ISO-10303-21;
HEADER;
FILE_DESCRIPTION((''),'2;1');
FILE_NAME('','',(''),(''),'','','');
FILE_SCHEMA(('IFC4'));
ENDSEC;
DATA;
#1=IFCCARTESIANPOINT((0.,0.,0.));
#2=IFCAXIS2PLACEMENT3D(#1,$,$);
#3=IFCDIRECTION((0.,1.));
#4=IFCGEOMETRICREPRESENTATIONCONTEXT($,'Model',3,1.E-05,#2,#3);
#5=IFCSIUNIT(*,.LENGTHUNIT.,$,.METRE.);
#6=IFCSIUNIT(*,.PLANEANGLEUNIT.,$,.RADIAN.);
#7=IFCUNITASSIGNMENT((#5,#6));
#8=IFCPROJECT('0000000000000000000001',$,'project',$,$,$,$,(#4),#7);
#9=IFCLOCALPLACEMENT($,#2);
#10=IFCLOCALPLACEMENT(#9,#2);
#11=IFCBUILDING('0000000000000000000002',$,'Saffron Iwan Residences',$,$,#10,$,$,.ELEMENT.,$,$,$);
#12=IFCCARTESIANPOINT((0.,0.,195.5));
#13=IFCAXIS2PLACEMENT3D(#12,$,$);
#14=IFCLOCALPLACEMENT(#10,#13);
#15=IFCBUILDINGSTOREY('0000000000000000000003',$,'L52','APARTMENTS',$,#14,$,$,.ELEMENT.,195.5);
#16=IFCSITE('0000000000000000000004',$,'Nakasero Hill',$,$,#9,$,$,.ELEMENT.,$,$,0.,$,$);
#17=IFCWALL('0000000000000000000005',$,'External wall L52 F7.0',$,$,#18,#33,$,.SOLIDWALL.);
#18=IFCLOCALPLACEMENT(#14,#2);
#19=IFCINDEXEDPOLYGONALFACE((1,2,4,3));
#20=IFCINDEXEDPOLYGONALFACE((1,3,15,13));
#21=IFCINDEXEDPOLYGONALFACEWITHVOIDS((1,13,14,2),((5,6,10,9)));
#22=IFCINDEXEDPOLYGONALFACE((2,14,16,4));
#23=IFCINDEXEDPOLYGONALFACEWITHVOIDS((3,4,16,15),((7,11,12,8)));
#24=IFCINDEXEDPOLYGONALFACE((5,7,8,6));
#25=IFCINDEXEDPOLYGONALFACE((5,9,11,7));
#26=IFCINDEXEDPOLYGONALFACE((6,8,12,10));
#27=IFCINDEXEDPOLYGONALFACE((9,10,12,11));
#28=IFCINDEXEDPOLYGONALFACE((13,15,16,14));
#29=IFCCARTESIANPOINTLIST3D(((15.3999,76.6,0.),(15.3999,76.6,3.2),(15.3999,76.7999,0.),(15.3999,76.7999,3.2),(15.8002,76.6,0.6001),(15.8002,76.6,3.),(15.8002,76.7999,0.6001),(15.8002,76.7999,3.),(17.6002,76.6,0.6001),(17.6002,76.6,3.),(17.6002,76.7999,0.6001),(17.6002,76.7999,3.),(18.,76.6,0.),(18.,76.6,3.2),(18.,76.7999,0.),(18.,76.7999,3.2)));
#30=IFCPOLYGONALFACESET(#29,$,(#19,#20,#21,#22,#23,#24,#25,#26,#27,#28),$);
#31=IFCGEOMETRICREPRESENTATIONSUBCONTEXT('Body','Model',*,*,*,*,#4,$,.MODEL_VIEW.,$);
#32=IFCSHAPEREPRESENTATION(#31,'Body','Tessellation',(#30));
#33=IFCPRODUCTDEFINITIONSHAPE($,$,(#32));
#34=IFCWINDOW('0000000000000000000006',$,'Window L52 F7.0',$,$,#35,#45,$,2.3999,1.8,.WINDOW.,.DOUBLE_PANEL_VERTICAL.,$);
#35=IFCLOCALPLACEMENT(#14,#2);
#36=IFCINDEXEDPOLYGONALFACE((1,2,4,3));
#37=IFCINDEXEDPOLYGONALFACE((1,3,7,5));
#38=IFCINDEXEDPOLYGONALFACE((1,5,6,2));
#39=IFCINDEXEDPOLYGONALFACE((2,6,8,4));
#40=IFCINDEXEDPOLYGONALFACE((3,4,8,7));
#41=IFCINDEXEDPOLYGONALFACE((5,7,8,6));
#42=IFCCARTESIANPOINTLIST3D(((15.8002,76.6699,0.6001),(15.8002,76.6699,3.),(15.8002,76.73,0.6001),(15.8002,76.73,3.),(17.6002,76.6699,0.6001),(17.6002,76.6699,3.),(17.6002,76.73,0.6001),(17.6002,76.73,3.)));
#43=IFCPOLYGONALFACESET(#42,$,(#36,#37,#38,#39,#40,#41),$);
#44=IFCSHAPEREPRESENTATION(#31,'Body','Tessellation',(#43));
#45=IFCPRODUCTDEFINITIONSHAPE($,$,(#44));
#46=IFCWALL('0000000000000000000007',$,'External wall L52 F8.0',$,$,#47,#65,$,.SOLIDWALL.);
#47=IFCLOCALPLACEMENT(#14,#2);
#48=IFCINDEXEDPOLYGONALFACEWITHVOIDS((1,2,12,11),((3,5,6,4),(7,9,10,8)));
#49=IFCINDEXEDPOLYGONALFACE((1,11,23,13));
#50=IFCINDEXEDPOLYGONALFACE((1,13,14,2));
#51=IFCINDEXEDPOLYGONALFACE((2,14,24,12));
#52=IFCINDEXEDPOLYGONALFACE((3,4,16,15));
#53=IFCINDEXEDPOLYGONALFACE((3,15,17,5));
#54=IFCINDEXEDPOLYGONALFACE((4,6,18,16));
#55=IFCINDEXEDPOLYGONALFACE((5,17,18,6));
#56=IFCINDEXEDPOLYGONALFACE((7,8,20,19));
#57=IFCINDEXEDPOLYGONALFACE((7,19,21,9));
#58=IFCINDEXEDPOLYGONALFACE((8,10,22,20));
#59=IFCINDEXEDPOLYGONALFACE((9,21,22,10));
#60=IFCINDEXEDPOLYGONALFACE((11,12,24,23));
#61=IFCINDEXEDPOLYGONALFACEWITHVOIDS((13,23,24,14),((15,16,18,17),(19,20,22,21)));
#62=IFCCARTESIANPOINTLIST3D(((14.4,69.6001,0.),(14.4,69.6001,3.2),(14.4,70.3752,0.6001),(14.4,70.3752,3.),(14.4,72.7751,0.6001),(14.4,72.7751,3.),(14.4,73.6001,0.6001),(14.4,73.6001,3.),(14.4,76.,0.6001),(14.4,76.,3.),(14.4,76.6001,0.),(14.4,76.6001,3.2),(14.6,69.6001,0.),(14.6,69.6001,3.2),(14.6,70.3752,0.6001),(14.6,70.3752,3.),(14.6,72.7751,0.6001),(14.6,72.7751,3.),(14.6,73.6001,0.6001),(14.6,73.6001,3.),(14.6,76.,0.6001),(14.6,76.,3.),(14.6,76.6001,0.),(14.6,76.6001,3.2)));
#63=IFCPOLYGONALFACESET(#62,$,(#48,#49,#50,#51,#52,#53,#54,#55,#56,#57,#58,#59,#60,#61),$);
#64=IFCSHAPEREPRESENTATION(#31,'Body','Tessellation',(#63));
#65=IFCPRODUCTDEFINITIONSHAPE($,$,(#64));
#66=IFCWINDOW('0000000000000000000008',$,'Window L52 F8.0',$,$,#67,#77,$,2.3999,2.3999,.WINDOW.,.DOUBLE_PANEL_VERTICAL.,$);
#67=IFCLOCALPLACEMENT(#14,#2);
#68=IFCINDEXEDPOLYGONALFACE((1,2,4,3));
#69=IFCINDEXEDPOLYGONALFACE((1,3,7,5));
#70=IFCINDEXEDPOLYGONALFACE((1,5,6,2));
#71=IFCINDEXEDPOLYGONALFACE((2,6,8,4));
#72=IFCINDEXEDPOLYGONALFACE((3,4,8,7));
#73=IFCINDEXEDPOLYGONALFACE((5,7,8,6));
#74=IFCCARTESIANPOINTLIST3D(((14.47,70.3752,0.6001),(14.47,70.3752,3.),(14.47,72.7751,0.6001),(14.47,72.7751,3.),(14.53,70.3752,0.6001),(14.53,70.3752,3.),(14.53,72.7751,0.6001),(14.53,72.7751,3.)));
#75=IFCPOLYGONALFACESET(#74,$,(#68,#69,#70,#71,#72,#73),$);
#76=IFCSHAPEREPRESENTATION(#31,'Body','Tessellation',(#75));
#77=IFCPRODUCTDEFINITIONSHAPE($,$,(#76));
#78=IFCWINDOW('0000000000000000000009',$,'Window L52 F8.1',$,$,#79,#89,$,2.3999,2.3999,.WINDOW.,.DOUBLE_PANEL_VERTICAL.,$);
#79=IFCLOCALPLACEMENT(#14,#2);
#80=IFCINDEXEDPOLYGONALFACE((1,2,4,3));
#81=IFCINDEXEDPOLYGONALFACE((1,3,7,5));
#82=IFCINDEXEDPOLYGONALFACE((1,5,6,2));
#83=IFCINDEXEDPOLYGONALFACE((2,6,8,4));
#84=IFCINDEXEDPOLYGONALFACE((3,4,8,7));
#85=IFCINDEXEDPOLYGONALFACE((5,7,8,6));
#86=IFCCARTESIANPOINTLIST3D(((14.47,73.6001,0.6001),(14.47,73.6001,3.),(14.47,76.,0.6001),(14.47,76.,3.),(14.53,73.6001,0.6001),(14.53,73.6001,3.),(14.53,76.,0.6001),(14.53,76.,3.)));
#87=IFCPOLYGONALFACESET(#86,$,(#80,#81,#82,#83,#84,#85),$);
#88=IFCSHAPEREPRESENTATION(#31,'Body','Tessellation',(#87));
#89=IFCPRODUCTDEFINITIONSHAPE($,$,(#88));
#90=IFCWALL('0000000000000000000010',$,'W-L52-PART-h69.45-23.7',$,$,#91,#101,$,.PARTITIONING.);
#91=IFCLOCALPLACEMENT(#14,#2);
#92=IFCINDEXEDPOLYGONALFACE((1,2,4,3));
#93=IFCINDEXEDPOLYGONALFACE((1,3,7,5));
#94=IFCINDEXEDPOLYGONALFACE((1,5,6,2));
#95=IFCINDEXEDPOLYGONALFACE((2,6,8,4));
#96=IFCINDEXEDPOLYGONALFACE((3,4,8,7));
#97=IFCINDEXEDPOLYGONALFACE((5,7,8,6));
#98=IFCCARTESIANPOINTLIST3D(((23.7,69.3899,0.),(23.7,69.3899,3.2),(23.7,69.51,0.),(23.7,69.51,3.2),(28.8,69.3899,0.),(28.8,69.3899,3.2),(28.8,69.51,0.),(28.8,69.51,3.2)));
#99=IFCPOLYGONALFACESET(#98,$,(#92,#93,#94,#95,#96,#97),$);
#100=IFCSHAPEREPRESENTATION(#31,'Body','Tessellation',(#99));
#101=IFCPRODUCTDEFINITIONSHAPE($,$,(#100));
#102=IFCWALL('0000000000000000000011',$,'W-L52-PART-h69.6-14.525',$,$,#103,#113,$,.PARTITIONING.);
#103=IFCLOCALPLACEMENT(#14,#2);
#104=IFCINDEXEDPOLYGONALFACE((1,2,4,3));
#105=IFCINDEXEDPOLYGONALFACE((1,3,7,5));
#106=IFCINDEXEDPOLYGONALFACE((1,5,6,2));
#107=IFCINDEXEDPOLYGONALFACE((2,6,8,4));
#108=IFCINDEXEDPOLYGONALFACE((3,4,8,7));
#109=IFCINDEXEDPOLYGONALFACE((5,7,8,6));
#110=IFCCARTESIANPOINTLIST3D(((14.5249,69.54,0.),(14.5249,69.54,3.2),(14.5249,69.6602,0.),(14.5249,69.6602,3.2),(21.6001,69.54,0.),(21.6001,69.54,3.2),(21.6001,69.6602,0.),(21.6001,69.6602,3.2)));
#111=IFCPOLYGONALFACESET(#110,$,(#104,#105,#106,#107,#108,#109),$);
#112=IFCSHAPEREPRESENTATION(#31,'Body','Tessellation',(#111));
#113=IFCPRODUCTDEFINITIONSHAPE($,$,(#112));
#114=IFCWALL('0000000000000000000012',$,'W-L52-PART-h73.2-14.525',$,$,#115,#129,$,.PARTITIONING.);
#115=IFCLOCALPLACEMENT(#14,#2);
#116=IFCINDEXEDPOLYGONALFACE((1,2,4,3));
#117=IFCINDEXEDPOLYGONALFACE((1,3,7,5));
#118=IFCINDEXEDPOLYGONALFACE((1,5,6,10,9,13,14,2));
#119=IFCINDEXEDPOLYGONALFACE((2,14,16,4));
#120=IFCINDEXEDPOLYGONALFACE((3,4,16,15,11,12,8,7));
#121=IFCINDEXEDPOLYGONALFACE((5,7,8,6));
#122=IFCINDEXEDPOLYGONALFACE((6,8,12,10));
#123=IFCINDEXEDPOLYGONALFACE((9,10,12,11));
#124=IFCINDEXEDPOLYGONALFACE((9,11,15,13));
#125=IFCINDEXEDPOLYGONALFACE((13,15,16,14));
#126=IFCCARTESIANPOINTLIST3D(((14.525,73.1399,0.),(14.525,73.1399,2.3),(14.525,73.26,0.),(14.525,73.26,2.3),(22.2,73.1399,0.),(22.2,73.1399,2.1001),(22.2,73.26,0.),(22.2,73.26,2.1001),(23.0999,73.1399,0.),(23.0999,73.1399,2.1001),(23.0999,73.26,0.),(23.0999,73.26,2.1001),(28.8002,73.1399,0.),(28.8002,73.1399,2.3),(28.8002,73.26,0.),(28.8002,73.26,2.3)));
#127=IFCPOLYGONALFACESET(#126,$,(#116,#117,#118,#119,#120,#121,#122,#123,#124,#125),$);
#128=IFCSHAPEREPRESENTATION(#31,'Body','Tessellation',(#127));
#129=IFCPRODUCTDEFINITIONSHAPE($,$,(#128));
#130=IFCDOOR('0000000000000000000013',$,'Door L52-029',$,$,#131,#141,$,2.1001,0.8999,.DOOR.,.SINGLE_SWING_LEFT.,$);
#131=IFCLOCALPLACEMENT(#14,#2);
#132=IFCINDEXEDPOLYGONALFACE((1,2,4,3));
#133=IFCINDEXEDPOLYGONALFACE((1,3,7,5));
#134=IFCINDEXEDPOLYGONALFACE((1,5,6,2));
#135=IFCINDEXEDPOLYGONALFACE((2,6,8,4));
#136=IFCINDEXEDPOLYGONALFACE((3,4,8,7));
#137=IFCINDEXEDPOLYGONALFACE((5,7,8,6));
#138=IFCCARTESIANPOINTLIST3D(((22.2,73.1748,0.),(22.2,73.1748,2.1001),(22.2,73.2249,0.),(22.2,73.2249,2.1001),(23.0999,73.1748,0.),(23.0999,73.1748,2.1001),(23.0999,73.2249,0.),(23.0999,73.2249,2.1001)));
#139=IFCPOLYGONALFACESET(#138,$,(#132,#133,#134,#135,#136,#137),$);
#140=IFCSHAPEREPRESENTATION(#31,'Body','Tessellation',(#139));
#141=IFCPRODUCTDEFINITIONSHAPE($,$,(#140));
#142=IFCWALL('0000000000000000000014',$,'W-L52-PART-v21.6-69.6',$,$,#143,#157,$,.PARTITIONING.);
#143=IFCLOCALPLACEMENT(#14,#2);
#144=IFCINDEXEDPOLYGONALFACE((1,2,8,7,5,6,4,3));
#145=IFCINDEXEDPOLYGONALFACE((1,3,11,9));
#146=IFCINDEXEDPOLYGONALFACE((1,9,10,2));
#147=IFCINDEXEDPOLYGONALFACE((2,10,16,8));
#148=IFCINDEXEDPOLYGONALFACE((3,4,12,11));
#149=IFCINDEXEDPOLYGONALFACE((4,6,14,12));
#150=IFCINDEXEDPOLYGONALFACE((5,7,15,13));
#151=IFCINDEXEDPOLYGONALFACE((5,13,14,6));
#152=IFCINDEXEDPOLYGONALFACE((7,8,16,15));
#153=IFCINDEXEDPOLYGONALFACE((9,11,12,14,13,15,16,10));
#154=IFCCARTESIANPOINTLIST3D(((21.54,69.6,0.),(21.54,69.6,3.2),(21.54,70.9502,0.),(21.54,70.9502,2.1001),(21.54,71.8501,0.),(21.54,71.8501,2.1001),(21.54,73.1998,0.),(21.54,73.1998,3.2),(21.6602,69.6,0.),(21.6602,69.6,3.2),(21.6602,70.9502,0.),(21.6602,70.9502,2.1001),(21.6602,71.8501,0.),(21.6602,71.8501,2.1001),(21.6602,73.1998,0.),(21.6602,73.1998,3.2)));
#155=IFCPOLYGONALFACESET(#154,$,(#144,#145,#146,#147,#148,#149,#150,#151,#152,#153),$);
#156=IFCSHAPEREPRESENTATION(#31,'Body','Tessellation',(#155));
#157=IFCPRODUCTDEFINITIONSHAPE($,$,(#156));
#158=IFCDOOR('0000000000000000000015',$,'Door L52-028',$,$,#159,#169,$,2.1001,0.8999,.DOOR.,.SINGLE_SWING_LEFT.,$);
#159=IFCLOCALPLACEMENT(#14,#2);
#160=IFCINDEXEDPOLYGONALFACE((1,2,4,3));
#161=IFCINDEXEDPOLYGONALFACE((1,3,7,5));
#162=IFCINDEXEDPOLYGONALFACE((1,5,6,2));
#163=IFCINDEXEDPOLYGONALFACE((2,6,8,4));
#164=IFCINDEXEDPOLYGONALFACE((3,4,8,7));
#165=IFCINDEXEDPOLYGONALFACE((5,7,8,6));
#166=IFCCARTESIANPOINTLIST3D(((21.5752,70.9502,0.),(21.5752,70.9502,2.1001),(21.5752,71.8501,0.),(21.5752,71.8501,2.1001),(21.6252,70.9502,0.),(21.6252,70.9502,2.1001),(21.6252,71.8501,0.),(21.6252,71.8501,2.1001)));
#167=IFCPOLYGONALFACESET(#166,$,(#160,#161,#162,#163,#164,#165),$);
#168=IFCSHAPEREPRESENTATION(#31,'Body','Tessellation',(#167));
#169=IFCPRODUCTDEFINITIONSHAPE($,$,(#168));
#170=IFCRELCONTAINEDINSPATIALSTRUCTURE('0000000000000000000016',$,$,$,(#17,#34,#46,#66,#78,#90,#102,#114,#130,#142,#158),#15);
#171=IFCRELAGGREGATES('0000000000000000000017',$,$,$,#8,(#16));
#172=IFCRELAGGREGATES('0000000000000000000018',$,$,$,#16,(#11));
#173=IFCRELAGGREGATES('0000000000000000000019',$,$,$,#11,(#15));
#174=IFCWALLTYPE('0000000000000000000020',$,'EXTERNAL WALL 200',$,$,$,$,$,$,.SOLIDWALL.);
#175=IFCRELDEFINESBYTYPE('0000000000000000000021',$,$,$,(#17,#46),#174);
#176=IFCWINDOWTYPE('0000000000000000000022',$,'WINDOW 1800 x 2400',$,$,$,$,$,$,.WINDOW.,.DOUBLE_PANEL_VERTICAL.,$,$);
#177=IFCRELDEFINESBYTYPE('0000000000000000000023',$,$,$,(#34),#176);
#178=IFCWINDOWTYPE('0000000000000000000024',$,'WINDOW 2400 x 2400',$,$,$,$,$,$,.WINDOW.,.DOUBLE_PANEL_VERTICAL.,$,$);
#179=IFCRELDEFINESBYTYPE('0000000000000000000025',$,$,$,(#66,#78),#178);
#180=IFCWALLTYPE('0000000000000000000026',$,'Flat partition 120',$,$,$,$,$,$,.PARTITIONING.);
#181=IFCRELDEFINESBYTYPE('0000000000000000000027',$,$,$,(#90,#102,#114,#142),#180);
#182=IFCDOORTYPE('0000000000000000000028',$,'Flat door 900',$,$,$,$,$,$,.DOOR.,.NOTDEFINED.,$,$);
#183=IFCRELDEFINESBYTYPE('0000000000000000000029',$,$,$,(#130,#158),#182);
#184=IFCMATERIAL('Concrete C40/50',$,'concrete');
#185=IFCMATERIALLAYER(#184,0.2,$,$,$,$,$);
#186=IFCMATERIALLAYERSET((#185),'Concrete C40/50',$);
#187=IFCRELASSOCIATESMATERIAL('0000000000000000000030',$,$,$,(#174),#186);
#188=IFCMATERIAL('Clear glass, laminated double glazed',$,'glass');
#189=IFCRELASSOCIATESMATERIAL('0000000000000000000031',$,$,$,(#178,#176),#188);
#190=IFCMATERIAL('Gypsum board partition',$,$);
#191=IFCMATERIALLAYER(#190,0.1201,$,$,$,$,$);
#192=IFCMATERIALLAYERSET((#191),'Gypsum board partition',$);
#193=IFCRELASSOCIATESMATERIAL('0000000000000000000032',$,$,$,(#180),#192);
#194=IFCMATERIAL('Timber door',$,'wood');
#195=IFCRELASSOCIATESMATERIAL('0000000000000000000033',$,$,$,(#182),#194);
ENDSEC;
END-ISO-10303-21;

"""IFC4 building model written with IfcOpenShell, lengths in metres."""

from ifc_helpers import new_model, si_unit, direction, frame, frame_2d, origin, place, context, subcontext, project, spatial, rectangle, extrude, material, layer, layer_set, type_object, element, fill, save


model = new_model("IFC4")

# Units and contexts
model_context = context("Model", 3, precision=1e-05, world=origin(), true_north=direction((0.0, 1.0)))
body_context = subcontext(model_context, "Body", "Model", "MODEL_VIEW")
ifc_project = project(units=[si_unit("LENGTHUNIT", "METRE"), si_unit("PLANEANGLEUNIT", "RADIAN")], contexts=[model_context])

# Site, building, storey
site_placement = place(None, origin())
site = spatial("IfcSite", under=ifc_project, at=site_placement, Name="Nakasero Hill", CompositionType="ELEMENT", RefElevation=0.0)
building_placement = place(site_placement, origin())
building = spatial("IfcBuilding", under=site, at=building_placement, Name="Saffron Iwan Residences", CompositionType="ELEMENT")
storey_placement = place(building_placement, frame((0.0, 0.0, 195.5)))
storey = spatial("IfcBuildingStorey", under=building, at=storey_placement, Name="L52", Description="APARTMENTS", CompositionType="ELEMENT", Elevation=195.5)

# Wall, opening, window
ifc_material_1 = material(Name="Concrete C40/50", Category="concrete")
ifc_layer_1 = layer(ifc_material_1, 0.2)
ifc_layer_set_1 = layer_set([ifc_layer_1], Name="Concrete C40/50")
wall_type_1 = type_object("IfcWallType", Name="EXTERNAL WALL 200", PredefinedType="SOLIDWALL", material=ifc_layer_set_1)
ifc_material_2 = material(Name="Clear glass, laminated double glazed", Category="glass")
window_type_1 = type_object("IfcWindowType", Name="WINDOW 2400 x 2400", PartitioningType="DOUBLE_PANEL_VERTICAL", PredefinedType="WINDOW", material=ifc_material_2)
wall_1_placement = place(storey_placement, frame((18.0, 76.7, 0.0), z_axis=(0.0, 0.0, 1.0), x_axis=(-1.0, 0.0, 0.0)))
wall_1 = element("IfcWall", 1, at=wall_1_placement, inside=storey, type_object=wall_type_1, Name="External wall L52 F7.0", PredefinedType="SOLIDWALL", context=body_context, shape_type="SweptSolid", body=[
    extrude(rectangle(XDim=2.6001, YDim=0.2, at=frame_2d((1.3, 0.0))), origin(), (0.0, 0.0, 1.0), 3.2),
])
opening_1_placement = place(wall_1_placement, frame((0.3999, 0.0, 0.6001)))
opening_1 = element("IfcOpeningElement", 2, at=opening_1_placement, cuts=wall_1, PredefinedType="OPENING", context=body_context, shape_type="SweptSolid", body=[
    extrude(rectangle(XDim=1.8, YDim=2.3999, at=frame_2d((0.8999, 1.2))), frame((0.0, 0.1099, 0.0), z_axis=(0.0, -1.0, 0.0), x_axis=(1.0, 0.0, 0.0)), (0.0, 0.0, 1.0), 0.22),
])
window_type_2 = type_object("IfcWindowType", Name="WINDOW 1800 x 2400", PartitioningType="DOUBLE_PANEL_VERTICAL", PredefinedType="WINDOW", material=ifc_material_2)
window_1_placement = place(opening_1_placement, origin())
window_1 = element("IfcWindow", 3, at=window_1_placement, inside=storey, type_object=window_type_2, Name="Window L52 F7.0", OverallHeight=2.3999, OverallWidth=1.8, PartitioningType="DOUBLE_PANEL_VERTICAL", PredefinedType="WINDOW", context=body_context, shape_type="SweptSolid", body=[
    extrude(rectangle(XDim=1.8, YDim=2.3999, at=frame_2d((0.8999, 1.2))), frame((0.0, 0.03, 0.0), z_axis=(0.0, -1.0, 0.0), x_axis=(1.0, 0.0, 0.0)), (0.0, 0.0, 1.0), 0.0601),
])
fill(opening_1, window_1)

# Wall, openings, windows
wall_2_placement = place(storey_placement, frame((14.5, 76.6001, 0.0), z_axis=(0.0, 0.0, 1.0), x_axis=(0.0, -1.0, 0.0)))
wall_2 = element("IfcWall", 4, at=wall_2_placement, inside=storey, type_object=wall_type_1, Name="External wall L52 F8.0", PredefinedType="SOLIDWALL", context=body_context, shape_type="SweptSolid", body=[
    extrude(rectangle(XDim=7.0, YDim=0.2, at=frame_2d((3.5, 0.0))), origin(), (0.0, 0.0, 1.0), 3.2),
])
opening_2_placement = place(wall_2_placement, frame((3.825, 0.0, 0.6001)))
opening_2 = element("IfcOpeningElement", 5, at=opening_2_placement, cuts=wall_2, PredefinedType="OPENING", context=body_context, shape_type="SweptSolid", body=[
    extrude(rectangle(XDim=2.3999, YDim=2.3999, at=frame_2d((1.2, 1.2))), frame((0.0, 0.1099, 0.0), z_axis=(0.0, -1.0, 0.0), x_axis=(1.0, 0.0, 0.0)), (0.0, 0.0, 1.0), 0.22),
])
opening_3_placement = place(wall_2_placement, frame((0.6001, 0.0, 0.6001)))
opening_3 = element("IfcOpeningElement", 6, at=opening_3_placement, cuts=wall_2, PredefinedType="OPENING", context=body_context, shape_type="SweptSolid", body=[
    extrude(rectangle(XDim=2.3999, YDim=2.3999, at=frame_2d((1.2, 1.2))), frame((0.0, 0.1099, 0.0), z_axis=(0.0, -1.0, 0.0), x_axis=(1.0, 0.0, 0.0)), (0.0, 0.0, 1.0), 0.22),
])
window_2_placement = place(opening_2_placement, origin())
window_2 = element("IfcWindow", 7, at=window_2_placement, inside=storey, type_object=window_type_1, Name="Window L52 F8.0", OverallHeight=2.3999, OverallWidth=2.3999, PartitioningType="DOUBLE_PANEL_VERTICAL", PredefinedType="WINDOW", context=body_context, shape_type="SweptSolid", body=[
    extrude(rectangle(XDim=2.3999, YDim=2.3999, at=frame_2d((1.2, 1.2))), frame((0.0, 0.03, 0.0), z_axis=(0.0, -1.0, 0.0), x_axis=(1.0, 0.0, 0.0)), (0.0, 0.0, 1.0), 0.0601),
])
fill(opening_2, window_2)
window_3_placement = place(opening_3_placement, origin())
window_3 = element("IfcWindow", 8, at=window_3_placement, inside=storey, type_object=window_type_1, Name="Window L52 F8.1", OverallHeight=2.3999, OverallWidth=2.3999, PartitioningType="DOUBLE_PANEL_VERTICAL", PredefinedType="WINDOW", context=body_context, shape_type="SweptSolid", body=[
    extrude(rectangle(XDim=2.3999, YDim=2.3999, at=frame_2d((1.2, 1.2))), frame((0.0, 0.03, 0.0), z_axis=(0.0, -1.0, 0.0), x_axis=(1.0, 0.0, 0.0)), (0.0, 0.0, 1.0), 0.0601),
])
fill(opening_3, window_3)

# Walls
ifc_material_3 = material(Name="Gypsum board partition")
ifc_layer_2 = layer(ifc_material_3, 0.1201)
ifc_layer_set_2 = layer_set([ifc_layer_2], Name="Gypsum board partition")
wall_type_2 = type_object("IfcWallType", Name="Flat partition 120", PredefinedType="PARTITIONING", material=ifc_layer_set_2)
wall_3_placement = place(storey_placement, frame((23.7, 69.45, 0.0), z_axis=(0.0, 0.0, 1.0), x_axis=(1.0, 0.0, 0.0)))
element("IfcWall", 9, at=wall_3_placement, inside=storey, type_object=wall_type_2, Name="W-L52-PART-h69.45-23.7", PredefinedType="PARTITIONING", context=body_context, shape_type="SweptSolid", body=[
    extrude(rectangle(XDim=5.1001, YDim=0.1201, at=frame_2d((2.55, 0.0))), origin(), (0.0, 0.0, 1.0), 3.2),
])
wall_4_placement = place(storey_placement, frame((14.5249, 69.6001, 0.0), z_axis=(0.0, 0.0, 1.0), x_axis=(1.0, 0.0, 0.0)))
element("IfcWall", 10, at=wall_4_placement, inside=storey, type_object=wall_type_2, Name="W-L52-PART-h69.6-14.525", PredefinedType="PARTITIONING", context=body_context, shape_type="SweptSolid", body=[
    extrude(rectangle(XDim=7.0752, YDim=0.1201, at=frame_2d((3.5376, 0.0))), origin(), (0.0, 0.0, 1.0), 3.2),
])

# Walls, openings, doors
wall_5_placement = place(storey_placement, frame((14.5249, 73.2, 0.0), z_axis=(0.0, 0.0, 1.0), x_axis=(1.0, 0.0, 0.0)))
wall_5 = element("IfcWall", 11, at=wall_5_placement, inside=storey, type_object=wall_type_2, Name="W-L52-PART-h73.2-14.525", PredefinedType="PARTITIONING", context=body_context, shape_type="SweptSolid", body=[
    extrude(rectangle(XDim=14.2751, YDim=0.1201, at=frame_2d((7.1377, 0.0))), origin(), (0.0, 0.0, 1.0), 2.3),
])
opening_4_placement = place(wall_5_placement, frame((7.675, 0.0, 0.0)))
opening_4 = element("IfcOpeningElement", 12, at=opening_4_placement, cuts=wall_5, PredefinedType="OPENING", context=body_context, shape_type="SweptSolid", body=[
    extrude(rectangle(XDim=0.8999, YDim=2.1001, at=frame_2d((0.45, 1.05))), frame((0.0, 0.0701, 0.0), z_axis=(0.0, -1.0, 0.0), x_axis=(1.0, 0.0, 0.0)), (0.0, 0.0, 1.0), 0.1401),
])
ifc_material_4 = material(Name="Timber door", Category="wood")
door_type_1 = type_object("IfcDoorType", Name="Flat door 900", OperationType="NOTDEFINED", PredefinedType="DOOR", material=ifc_material_4)
door_1_placement = place(opening_4_placement, origin())
door_1 = element("IfcDoor", 13, at=door_1_placement, inside=storey, type_object=door_type_1, Name="Door L52-029", OperationType="SINGLE_SWING_LEFT", OverallHeight=2.1001, OverallWidth=0.8999, PredefinedType="DOOR", context=body_context, shape_type="SweptSolid", body=[
    extrude(rectangle(XDim=0.8999, YDim=2.1001, at=frame_2d((0.45, 1.05))), frame((0.0, 0.0249, 0.0), z_axis=(0.0, -1.0, 0.0), x_axis=(1.0, 0.0, 0.0)), (0.0, 0.0, 1.0), 0.05),
])
fill(opening_4, door_1)
wall_6_placement = place(storey_placement, frame((21.6001, 69.6001, 0.0), z_axis=(0.0, 0.0, 1.0), x_axis=(0.0, 1.0, 0.0)))
wall_6 = element("IfcWall", 14, at=wall_6_placement, inside=storey, type_object=wall_type_2, Name="W-L52-PART-v21.6-69.6", PredefinedType="PARTITIONING", context=body_context, shape_type="SweptSolid", body=[
    extrude(rectangle(XDim=3.5999, YDim=0.1201, at=frame_2d((1.7998, 0.0))), origin(), (0.0, 0.0, 1.0), 3.2),
])
opening_5_placement = place(wall_6_placement, frame((1.3501, 0.0, 0.0)))
opening_5 = element("IfcOpeningElement", 15, at=opening_5_placement, cuts=wall_6, PredefinedType="OPENING", context=body_context, shape_type="SweptSolid", body=[
    extrude(rectangle(XDim=0.8999, YDim=2.1001, at=frame_2d((0.45, 1.05))), frame((0.0, 0.0701, 0.0), z_axis=(0.0, -1.0, 0.0), x_axis=(1.0, 0.0, 0.0)), (0.0, 0.0, 1.0), 0.1401),
])
door_2_placement = place(opening_5_placement, origin())
door_2 = element("IfcDoor", 16, at=door_2_placement, inside=storey, type_object=door_type_1, Name="Door L52-028", OperationType="SINGLE_SWING_LEFT", OverallHeight=2.1001, OverallWidth=0.8999, PredefinedType="DOOR", context=body_context, shape_type="SweptSolid", body=[
    extrude(rectangle(XDim=0.8999, YDim=2.1001, at=frame_2d((0.45, 1.05))), frame((0.0, 0.0249, 0.0), z_axis=(0.0, -1.0, 0.0), x_axis=(1.0, 0.0, 0.0)), (0.0, 0.0, 1.0), 0.05),
])
fill(opening_5, door_2)

save(model, "model.ifc")
